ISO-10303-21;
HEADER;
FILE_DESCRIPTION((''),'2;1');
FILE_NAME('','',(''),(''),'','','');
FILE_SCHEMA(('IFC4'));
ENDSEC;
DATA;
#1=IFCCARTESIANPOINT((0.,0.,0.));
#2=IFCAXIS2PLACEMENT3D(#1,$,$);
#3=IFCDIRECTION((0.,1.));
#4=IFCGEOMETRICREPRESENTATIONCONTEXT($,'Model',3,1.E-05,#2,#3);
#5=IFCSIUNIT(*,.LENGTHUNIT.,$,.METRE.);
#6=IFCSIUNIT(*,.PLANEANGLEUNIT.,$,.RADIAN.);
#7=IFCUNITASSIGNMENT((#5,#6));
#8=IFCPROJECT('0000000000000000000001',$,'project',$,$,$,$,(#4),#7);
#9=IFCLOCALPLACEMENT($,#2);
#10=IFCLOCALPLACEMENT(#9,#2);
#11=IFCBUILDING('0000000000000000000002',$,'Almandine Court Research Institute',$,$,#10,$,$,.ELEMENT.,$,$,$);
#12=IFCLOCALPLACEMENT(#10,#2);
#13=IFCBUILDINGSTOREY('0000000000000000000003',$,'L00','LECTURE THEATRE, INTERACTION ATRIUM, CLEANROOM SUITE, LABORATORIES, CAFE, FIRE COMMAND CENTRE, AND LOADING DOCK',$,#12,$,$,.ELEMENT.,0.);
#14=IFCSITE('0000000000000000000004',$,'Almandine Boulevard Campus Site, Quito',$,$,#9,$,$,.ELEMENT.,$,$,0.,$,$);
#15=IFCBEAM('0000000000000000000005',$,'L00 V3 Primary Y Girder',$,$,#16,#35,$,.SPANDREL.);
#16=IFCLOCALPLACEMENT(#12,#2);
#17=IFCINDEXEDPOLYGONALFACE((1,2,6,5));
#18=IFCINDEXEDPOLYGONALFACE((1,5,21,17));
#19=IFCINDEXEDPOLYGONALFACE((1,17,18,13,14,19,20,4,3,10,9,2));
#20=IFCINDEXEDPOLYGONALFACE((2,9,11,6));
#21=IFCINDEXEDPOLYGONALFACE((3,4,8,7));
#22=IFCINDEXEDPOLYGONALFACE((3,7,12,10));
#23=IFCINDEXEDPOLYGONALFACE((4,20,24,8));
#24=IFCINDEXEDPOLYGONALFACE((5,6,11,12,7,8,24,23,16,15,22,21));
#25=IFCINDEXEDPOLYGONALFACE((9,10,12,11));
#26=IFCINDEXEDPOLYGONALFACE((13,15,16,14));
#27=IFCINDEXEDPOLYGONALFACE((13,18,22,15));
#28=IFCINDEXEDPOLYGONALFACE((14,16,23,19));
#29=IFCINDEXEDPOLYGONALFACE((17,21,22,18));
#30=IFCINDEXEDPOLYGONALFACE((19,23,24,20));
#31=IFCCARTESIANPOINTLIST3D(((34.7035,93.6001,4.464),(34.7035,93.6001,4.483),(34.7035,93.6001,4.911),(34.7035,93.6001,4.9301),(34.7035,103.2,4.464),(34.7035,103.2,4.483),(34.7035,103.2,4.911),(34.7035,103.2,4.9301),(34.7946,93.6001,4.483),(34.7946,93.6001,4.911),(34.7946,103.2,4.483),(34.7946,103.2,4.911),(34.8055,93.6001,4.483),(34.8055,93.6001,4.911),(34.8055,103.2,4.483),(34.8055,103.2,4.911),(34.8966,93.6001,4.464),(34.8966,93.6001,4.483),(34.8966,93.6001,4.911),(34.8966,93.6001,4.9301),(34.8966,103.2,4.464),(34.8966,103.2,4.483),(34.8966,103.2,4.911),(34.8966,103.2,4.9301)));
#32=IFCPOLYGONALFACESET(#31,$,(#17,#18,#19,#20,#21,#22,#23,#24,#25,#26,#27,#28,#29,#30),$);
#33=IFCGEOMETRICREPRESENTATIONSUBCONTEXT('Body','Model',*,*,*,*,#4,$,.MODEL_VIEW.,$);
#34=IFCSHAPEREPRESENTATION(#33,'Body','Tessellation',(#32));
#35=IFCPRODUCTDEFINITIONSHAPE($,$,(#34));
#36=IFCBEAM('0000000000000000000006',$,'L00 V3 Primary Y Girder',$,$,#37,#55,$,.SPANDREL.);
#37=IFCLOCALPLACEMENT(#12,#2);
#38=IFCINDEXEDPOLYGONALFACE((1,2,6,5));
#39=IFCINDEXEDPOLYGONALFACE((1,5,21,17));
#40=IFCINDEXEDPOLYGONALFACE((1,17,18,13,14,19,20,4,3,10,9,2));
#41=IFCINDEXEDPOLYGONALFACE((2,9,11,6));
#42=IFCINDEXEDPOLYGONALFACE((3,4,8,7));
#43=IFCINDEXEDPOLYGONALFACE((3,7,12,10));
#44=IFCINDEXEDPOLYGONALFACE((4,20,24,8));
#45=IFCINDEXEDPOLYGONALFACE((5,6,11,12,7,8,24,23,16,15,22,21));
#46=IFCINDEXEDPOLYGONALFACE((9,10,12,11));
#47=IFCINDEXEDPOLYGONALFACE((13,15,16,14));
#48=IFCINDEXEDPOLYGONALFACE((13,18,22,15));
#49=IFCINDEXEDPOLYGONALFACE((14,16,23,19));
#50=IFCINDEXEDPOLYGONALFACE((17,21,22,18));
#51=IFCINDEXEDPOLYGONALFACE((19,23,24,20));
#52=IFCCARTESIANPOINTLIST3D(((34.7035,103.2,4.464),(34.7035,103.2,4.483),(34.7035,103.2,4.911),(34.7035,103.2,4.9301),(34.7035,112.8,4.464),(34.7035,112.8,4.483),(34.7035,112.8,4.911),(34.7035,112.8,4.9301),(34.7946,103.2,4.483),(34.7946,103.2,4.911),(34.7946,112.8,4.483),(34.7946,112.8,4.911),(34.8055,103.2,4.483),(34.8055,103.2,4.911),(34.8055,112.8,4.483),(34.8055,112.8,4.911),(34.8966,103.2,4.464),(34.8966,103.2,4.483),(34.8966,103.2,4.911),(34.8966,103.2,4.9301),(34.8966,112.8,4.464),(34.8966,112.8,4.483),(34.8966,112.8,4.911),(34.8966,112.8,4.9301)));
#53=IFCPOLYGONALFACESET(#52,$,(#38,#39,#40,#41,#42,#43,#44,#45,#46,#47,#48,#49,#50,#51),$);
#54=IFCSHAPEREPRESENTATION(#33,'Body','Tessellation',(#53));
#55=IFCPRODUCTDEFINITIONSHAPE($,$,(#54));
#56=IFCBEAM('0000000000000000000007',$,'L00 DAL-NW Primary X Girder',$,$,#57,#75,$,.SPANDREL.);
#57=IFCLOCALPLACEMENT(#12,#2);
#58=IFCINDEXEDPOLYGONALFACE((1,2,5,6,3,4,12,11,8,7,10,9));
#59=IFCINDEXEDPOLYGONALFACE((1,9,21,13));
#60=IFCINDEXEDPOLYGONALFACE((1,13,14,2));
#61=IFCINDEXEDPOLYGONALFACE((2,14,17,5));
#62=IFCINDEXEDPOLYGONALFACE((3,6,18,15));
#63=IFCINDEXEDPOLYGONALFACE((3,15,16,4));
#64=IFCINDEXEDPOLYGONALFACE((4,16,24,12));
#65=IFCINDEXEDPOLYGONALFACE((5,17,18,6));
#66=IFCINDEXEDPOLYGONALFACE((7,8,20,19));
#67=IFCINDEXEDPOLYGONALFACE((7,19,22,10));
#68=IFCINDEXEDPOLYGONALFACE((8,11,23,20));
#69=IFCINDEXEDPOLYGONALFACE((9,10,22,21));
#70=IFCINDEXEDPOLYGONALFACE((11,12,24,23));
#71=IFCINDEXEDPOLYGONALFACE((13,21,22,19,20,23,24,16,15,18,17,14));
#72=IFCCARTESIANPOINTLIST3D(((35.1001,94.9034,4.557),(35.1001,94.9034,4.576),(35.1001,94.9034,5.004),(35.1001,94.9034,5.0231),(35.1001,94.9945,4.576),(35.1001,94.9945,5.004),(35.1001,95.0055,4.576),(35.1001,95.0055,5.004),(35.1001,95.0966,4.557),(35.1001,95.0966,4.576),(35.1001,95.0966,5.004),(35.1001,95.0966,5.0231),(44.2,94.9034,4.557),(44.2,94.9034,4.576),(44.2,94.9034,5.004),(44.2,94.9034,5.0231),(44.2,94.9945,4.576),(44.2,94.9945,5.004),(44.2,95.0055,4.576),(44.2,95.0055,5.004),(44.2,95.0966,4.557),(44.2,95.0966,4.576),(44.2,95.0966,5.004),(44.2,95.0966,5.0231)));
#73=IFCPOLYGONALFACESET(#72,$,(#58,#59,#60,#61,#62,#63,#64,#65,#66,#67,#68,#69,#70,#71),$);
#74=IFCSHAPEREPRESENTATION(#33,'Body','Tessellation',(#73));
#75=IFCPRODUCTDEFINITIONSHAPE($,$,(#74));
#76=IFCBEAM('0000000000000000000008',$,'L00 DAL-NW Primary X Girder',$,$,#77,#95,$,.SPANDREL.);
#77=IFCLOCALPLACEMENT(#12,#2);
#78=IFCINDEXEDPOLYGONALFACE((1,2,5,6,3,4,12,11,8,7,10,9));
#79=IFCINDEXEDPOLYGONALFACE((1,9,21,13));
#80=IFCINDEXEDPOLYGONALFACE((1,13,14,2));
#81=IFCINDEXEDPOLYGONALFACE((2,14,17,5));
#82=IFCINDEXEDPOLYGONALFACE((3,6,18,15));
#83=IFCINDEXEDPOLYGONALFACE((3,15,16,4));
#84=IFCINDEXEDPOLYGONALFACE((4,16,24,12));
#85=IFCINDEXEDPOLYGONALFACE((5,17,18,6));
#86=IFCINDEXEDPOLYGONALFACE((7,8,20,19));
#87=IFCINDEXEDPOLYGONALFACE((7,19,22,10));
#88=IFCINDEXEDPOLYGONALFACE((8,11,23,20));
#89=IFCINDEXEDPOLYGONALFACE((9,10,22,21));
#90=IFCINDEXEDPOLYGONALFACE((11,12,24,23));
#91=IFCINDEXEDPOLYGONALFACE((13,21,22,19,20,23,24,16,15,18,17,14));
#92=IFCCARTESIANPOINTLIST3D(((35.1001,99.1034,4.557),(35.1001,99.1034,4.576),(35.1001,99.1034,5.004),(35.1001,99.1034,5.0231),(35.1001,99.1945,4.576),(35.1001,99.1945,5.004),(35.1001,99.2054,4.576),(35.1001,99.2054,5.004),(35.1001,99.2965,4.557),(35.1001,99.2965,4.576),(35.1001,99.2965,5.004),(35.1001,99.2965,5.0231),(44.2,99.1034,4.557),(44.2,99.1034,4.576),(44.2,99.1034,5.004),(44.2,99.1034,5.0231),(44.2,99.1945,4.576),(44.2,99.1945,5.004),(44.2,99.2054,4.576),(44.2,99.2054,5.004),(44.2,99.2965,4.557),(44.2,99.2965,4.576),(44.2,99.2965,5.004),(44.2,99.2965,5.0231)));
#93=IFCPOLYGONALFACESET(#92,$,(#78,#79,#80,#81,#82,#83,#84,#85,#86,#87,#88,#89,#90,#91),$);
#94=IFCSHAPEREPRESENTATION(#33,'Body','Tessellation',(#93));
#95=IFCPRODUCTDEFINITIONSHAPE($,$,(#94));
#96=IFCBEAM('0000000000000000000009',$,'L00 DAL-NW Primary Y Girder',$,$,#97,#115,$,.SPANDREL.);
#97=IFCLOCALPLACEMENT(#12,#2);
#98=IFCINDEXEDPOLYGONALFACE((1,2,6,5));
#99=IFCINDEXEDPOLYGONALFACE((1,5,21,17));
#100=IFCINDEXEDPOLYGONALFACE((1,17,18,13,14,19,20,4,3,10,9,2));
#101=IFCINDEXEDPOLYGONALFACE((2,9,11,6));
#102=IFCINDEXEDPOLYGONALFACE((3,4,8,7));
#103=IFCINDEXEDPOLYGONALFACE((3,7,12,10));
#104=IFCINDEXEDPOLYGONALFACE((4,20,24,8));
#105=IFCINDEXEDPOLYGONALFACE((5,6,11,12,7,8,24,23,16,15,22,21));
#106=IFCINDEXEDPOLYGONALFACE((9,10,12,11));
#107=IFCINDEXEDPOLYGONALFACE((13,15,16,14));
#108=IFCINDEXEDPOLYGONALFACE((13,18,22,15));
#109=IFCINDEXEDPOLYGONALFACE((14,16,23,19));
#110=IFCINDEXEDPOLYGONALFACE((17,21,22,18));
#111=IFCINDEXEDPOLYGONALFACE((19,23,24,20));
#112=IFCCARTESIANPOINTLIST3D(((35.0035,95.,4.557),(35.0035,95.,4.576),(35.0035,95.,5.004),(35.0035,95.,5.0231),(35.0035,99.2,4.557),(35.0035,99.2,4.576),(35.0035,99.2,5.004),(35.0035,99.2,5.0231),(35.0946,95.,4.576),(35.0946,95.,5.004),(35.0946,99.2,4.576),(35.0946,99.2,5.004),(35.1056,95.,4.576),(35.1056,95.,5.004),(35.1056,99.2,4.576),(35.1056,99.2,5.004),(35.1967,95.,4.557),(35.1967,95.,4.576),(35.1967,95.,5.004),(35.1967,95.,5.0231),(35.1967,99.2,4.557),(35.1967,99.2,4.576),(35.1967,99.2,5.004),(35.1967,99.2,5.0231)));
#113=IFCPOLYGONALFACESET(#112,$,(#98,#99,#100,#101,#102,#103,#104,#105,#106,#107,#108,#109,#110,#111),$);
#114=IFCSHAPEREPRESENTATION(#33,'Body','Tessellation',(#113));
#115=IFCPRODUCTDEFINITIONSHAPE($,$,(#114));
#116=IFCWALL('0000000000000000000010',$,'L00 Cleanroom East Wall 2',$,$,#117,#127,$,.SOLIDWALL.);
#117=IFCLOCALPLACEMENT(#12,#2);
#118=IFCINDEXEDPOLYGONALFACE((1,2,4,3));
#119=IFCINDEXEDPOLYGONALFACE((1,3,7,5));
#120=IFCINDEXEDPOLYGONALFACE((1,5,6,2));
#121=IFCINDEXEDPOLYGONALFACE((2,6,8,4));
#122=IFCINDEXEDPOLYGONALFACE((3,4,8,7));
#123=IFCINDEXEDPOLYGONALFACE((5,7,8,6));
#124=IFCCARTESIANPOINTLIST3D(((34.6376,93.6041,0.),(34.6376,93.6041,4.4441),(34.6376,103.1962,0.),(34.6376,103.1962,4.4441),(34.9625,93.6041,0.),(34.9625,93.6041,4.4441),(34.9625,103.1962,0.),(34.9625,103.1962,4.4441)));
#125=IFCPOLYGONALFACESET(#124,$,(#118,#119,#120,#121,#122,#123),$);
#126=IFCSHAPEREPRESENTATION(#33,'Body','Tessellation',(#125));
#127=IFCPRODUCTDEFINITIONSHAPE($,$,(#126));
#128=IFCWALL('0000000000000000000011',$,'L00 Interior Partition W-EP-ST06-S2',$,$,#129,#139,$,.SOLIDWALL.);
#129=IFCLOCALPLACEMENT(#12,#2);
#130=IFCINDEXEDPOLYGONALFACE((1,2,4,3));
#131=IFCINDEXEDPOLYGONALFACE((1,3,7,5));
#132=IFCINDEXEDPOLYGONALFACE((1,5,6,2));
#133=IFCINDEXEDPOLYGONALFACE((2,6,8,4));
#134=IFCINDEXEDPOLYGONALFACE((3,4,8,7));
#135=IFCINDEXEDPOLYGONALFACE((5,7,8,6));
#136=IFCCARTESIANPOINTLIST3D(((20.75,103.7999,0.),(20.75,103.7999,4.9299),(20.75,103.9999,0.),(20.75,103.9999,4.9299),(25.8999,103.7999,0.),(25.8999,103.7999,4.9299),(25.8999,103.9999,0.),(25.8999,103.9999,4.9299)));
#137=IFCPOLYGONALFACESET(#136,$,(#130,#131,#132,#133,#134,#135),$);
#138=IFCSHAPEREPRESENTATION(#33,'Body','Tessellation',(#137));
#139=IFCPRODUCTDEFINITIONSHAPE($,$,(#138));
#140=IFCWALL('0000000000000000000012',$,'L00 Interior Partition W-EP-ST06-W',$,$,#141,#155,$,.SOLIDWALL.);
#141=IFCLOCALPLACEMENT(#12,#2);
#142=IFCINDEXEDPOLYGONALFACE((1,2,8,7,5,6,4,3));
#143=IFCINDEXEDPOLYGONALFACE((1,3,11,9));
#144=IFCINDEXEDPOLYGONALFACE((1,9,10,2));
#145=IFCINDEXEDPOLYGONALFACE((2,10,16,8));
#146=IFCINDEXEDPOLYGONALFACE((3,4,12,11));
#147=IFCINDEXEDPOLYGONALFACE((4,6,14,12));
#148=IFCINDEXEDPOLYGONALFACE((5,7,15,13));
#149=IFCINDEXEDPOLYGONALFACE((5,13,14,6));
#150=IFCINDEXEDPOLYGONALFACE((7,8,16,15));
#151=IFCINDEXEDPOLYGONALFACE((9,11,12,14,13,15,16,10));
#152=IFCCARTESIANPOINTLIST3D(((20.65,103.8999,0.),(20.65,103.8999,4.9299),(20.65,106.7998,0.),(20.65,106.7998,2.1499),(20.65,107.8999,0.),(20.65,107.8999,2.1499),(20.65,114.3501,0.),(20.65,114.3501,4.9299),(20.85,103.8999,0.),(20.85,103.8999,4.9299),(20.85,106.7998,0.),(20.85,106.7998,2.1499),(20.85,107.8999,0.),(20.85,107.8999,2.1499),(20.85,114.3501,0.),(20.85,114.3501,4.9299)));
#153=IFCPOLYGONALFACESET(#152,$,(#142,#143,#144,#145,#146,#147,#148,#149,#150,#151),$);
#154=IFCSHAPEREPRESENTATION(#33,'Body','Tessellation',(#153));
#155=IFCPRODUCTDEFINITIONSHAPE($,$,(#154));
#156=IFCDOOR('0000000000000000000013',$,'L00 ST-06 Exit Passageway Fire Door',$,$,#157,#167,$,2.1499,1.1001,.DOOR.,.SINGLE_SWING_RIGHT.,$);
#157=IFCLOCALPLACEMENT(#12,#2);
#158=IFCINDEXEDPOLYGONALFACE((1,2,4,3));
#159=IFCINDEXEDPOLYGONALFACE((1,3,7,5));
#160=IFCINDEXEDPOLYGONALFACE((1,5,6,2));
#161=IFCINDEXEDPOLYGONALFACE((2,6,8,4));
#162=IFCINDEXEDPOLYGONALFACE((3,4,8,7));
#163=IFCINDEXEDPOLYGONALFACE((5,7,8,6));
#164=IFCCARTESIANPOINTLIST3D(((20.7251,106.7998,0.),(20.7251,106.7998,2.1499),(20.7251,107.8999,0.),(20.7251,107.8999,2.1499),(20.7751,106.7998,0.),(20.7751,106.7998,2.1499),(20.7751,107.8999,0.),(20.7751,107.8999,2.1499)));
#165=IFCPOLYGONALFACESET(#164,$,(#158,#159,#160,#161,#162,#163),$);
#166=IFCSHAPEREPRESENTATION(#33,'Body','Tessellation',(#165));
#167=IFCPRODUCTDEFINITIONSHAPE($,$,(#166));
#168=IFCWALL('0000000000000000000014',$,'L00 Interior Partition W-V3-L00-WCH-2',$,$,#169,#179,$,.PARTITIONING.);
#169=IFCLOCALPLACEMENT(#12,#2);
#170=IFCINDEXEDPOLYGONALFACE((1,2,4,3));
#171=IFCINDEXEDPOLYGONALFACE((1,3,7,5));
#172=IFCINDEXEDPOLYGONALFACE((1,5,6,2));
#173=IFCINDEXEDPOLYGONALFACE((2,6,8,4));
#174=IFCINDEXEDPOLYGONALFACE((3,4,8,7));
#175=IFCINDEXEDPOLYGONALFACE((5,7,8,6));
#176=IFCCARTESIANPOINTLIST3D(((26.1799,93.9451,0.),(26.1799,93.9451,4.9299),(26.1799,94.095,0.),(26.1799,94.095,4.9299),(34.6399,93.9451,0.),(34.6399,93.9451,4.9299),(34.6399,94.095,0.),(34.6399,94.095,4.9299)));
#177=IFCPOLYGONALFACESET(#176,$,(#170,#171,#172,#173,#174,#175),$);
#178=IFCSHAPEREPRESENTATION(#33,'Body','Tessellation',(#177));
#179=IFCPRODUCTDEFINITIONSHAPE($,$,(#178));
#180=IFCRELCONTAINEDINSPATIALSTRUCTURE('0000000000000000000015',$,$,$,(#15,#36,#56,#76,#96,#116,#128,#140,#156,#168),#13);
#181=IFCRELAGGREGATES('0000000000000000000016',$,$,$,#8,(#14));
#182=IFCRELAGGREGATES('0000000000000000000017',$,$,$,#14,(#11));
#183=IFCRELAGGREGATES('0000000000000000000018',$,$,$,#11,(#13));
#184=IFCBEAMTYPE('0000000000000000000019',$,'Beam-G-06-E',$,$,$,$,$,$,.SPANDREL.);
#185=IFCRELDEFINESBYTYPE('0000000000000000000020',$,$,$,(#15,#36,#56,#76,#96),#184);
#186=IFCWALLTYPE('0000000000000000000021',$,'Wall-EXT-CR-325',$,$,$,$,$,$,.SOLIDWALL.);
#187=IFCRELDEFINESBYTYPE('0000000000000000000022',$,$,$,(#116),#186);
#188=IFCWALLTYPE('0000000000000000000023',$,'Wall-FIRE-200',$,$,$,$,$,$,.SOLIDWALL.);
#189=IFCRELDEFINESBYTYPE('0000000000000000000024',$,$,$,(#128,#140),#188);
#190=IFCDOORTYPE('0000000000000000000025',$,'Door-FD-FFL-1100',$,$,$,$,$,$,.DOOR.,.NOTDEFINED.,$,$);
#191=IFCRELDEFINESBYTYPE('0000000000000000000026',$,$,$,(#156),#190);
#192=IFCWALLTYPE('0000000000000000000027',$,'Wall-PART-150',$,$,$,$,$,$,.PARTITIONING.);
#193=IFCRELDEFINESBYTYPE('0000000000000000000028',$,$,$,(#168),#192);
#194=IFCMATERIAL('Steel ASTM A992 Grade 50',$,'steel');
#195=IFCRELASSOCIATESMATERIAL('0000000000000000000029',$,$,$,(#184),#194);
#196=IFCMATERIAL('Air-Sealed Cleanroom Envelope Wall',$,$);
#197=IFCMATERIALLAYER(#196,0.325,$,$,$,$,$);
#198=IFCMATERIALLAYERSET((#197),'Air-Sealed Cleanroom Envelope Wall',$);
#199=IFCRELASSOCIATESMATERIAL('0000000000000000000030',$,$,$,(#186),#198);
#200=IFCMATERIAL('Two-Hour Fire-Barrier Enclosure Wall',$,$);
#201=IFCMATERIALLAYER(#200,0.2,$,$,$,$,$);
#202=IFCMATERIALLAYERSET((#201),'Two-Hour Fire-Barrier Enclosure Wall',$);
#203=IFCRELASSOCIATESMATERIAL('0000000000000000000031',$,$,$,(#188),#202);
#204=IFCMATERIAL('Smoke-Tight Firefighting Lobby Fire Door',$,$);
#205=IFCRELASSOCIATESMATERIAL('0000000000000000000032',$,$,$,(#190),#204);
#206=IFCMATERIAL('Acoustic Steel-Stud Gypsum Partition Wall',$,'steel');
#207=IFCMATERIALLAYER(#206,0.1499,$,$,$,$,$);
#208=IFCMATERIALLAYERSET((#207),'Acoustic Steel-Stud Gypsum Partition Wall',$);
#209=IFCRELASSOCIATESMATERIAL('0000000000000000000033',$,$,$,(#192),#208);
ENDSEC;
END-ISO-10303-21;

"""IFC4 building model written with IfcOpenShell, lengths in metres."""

from ifc_helpers import new_model, si_unit, direction, frame, frame_2d, origin, origin_2d, place, context, subcontext, project, spatial, rectangle, i_section, extrude, material, layer, layer_set, material_profile, profile_set, type_object, element, fill, save


model = new_model("IFC4")

# Units and contexts
model_context = context("Model", 3, precision=1e-05, world=origin(), true_north=direction((0.0, 1.0)))
body_context = subcontext(model_context, "Body", "Model", "MODEL_VIEW")
ifc_project = project(units=[si_unit("LENGTHUNIT", "METRE"), si_unit("PLANEANGLEUNIT", "RADIAN")], contexts=[model_context])

# Site, building, storey
site_placement = place(None, origin())
site = spatial("IfcSite", under=ifc_project, at=site_placement, Name="Almandine Boulevard Campus Site, Quito", CompositionType="ELEMENT", RefElevation=0.0)
building_placement = place(site_placement, origin())
building = spatial("IfcBuilding", under=site, at=building_placement, Name="Almandine Court Research Institute", CompositionType="ELEMENT")
storey_placement = place(building_placement, origin())
storey = spatial("IfcBuildingStorey", under=building, at=storey_placement, Name="L00", Description="LECTURE THEATRE, INTERACTION ATRIUM, CLEANROOM SUITE, LABORATORIES, CAFE, FIRE COMMAND CENTRE, AND LOADING DOCK", CompositionType="ELEMENT", Elevation=0.0)

# Shared definitions
ifc_material_1 = material(Name="Steel ASTM A992 Grade 50", Category="steel")

# Beams
ifc_material_profile_1 = material_profile(ifc_material_1, i_section(OverallWidth=0.1931, OverallDepth=0.4661, WebThickness=0.011, FlangeThickness=0.019, at=origin_2d()), Name="W460x97")
ifc_profile_set_1 = profile_set([ifc_material_profile_1], Name="Steel ASTM A992 Grade 50")
beam_type_1 = type_object("IfcBeamType", Name="Beam-G-06-E", PredefinedType="SPANDREL", material=ifc_profile_set_1)
beam_1_placement = place(storey_placement, frame((34.8, 93.6001, 4.697), z_axis=(0.0, 1.0, 0.0), x_axis=(-1.0, 0.0, 0.0)))
element("IfcBeam", 1, at=beam_1_placement, inside=storey, type_object=beam_type_1, Name="L00 V3 Primary Y Girder", PredefinedType="SPANDREL", context=body_context, shape_type="SweptSolid", body=[
    extrude(i_section(OverallWidth=0.1931, OverallDepth=0.4661, WebThickness=0.011, FlangeThickness=0.019, at=origin_2d()), origin(), (0.0, 0.0, 1.0), 9.5999),
])
beam_2_placement = place(storey_placement, frame((34.8, 103.2, 4.697), z_axis=(0.0, 1.0, 0.0), x_axis=(-1.0, 0.0, 0.0)))
element("IfcBeam", 2, at=beam_2_placement, inside=storey, type_object=beam_type_1, Name="L00 V3 Primary Y Girder", PredefinedType="SPANDREL", context=body_context, shape_type="SweptSolid", body=[
    extrude(i_section(OverallWidth=0.1931, OverallDepth=0.4661, WebThickness=0.011, FlangeThickness=0.019, at=origin_2d()), origin(), (0.0, 0.0, 1.0), 9.6001),
])
for number, where, z_axis, x_axis, name in (
    (3, (35.1001, 95.0, 4.79), (1.0, 0.0, 0.0), (0.0, 1.0, 0.0), "L00 DAL-NW Primary X Girder"),
    (4, (35.1001, 99.2, 4.79), (1.0, 0.0, 0.0), (0.0, 1.0, 0.0), "L00 DAL-NW Primary X Girder"),
):
    element("IfcBeam", number, at=place(storey_placement, frame(where, z_axis=z_axis, x_axis=x_axis)), inside=storey, type_object=beam_type_1, Name=name, PredefinedType="SPANDREL", context=body_context, shape_type="SweptSolid", body=[
        extrude(i_section(OverallWidth=0.1931, OverallDepth=0.4661, WebThickness=0.011, FlangeThickness=0.019, at=origin_2d()), origin(), (0.0, 0.0, 1.0), 9.0999),
    ])
beam_3_placement = place(storey_placement, frame((35.1001, 95.0, 4.79), z_axis=(0.0, 1.0, 0.0), x_axis=(-1.0, 0.0, 0.0)))
element("IfcBeam", 5, at=beam_3_placement, inside=storey, type_object=beam_type_1, Name="L00 DAL-NW Primary Y Girder", PredefinedType="SPANDREL", context=body_context, shape_type="SweptSolid", body=[
    extrude(i_section(OverallWidth=0.1931, OverallDepth=0.4661, WebThickness=0.011, FlangeThickness=0.019, at=origin_2d()), origin(), (0.0, 0.0, 1.0), 4.2),
])

# Walls
ifc_material_2 = material(Name="Air-Sealed Cleanroom Envelope Wall")
ifc_layer_1 = layer(ifc_material_2, 0.325)
ifc_layer_set_1 = layer_set([ifc_layer_1], Name="Air-Sealed Cleanroom Envelope Wall")
wall_type_1 = type_object("IfcWallType", Name="Wall-EXT-CR-325", PredefinedType="SOLIDWALL", material=ifc_layer_set_1)
wall_1_placement = place(storey_placement, frame((34.8, 103.196, 0.0), z_axis=(0.0, 0.0, 1.0), x_axis=(0.0, -1.0, 0.0)))
element("IfcWall", 6, at=wall_1_placement, inside=storey, type_object=wall_type_1, Name="L00 Cleanroom East Wall 2", PredefinedType="SOLIDWALL", context=body_context, shape_type="SweptSolid", body=[
    extrude(rectangle(XDim=9.592, YDim=0.325, at=frame_2d((4.7959, 0.0))), origin(), (0.0, 0.0, 1.0), 4.4441),
])
ifc_material_3 = material(Name="Two-Hour Fire-Barrier Enclosure Wall")
ifc_layer_2 = layer(ifc_material_3, 0.2)
ifc_layer_set_2 = layer_set([ifc_layer_2], Name="Two-Hour Fire-Barrier Enclosure Wall")
wall_type_2 = type_object("IfcWallType", Name="Wall-FIRE-200", PredefinedType="SOLIDWALL", material=ifc_layer_set_2)
wall_2_placement = place(storey_placement, frame((20.75, 103.8999, 0.0), z_axis=(0.0, 0.0, 1.0), x_axis=(1.0, 0.0, 0.0)))
element("IfcWall", 7, at=wall_2_placement, inside=storey, type_object=wall_type_2, Name="L00 Interior Partition W-EP-ST06-S2", PredefinedType="SOLIDWALL", context=body_context, shape_type="SweptSolid", body=[
    extrude(rectangle(XDim=5.1499, YDim=0.2, at=frame_2d((2.575, 0.0))), origin(), (0.0, 0.0, 1.0), 4.9299),
])

# Wall, opening, door
wall_3_placement = place(storey_placement, frame((20.75, 103.8999, 0.0), z_axis=(0.0, 0.0, 1.0), x_axis=(0.0, 1.0, 0.0)))
wall_3 = element("IfcWall", 8, at=wall_3_placement, inside=storey, type_object=wall_type_2, Name="L00 Interior Partition W-EP-ST06-W", PredefinedType="SOLIDWALL", context=body_context, shape_type="SweptSolid", body=[
    extrude(rectangle(XDim=10.4502, YDim=0.2, at=frame_2d((5.2251, 0.0))), origin(), (0.0, 0.0, 1.0), 4.9299),
])
opening_1_placement = place(wall_3_placement, frame((2.8999, 0.0, 0.0)))
opening_1 = element("IfcOpeningElement", 9, at=opening_1_placement, cuts=wall_3, PredefinedType="OPENING", context=body_context, shape_type="SweptSolid", body=[
    extrude(rectangle(XDim=1.1001, YDim=2.1499, at=frame_2d((0.55, 1.075))), frame((0.0, 0.1099, 0.0), z_axis=(0.0, -1.0, 0.0), x_axis=(1.0, 0.0, 0.0)), (0.0, 0.0, 1.0), 0.22),
])
ifc_material_4 = material(Name="Smoke-Tight Firefighting Lobby Fire Door")
door_type_1 = type_object("IfcDoorType", Name="Door-FD-FFL-1100", OperationType="NOTDEFINED", PredefinedType="DOOR", material=ifc_material_4)
door_1_placement = place(opening_1_placement, origin())
door_1 = element("IfcDoor", 10, at=door_1_placement, inside=storey, type_object=door_type_1, Name="L00 ST-06 Exit Passageway Fire Door", OperationType="SINGLE_SWING_RIGHT", OverallHeight=2.1499, OverallWidth=1.1001, PredefinedType="DOOR", context=body_context, shape_type="SweptSolid", body=[
    extrude(rectangle(XDim=1.1001, YDim=2.1499, at=frame_2d((0.55, 1.075))), frame((0.0, 0.0249, 0.0), z_axis=(0.0, -1.0, 0.0), x_axis=(1.0, 0.0, 0.0)), (0.0, 0.0, 1.0), 0.05),
])
fill(opening_1, door_1)

# Wall
ifc_material_5 = material(Name="Acoustic Steel-Stud Gypsum Partition Wall", Category="steel")
ifc_layer_3 = layer(ifc_material_5, 0.1499)
ifc_layer_set_3 = layer_set([ifc_layer_3], Name="Acoustic Steel-Stud Gypsum Partition Wall")
wall_type_3 = type_object("IfcWallType", Name="Wall-PART-150", PredefinedType="PARTITIONING", material=ifc_layer_set_3)
for number, where, z_axis, x_axis, name in (
    (11, (26.1799, 94.02, 0.0), (0.0, 0.0, 1.0), (1.0, 0.0, 0.0), "L00 Interior Partition W-V3-L00-WCH-2"),
):
    element("IfcWall", number, at=place(storey_placement, frame(where, z_axis=z_axis, x_axis=x_axis)), inside=storey, type_object=wall_type_3, Name=name, PredefinedType="PARTITIONING", context=body_context, shape_type="SweptSolid", body=[
        extrude(rectangle(XDim=8.46, YDim=0.1499, at=frame_2d((4.23, 0.0))), origin(), (0.0, 0.0, 1.0), 4.9299),
    ])

save(model, "model.ifc")
